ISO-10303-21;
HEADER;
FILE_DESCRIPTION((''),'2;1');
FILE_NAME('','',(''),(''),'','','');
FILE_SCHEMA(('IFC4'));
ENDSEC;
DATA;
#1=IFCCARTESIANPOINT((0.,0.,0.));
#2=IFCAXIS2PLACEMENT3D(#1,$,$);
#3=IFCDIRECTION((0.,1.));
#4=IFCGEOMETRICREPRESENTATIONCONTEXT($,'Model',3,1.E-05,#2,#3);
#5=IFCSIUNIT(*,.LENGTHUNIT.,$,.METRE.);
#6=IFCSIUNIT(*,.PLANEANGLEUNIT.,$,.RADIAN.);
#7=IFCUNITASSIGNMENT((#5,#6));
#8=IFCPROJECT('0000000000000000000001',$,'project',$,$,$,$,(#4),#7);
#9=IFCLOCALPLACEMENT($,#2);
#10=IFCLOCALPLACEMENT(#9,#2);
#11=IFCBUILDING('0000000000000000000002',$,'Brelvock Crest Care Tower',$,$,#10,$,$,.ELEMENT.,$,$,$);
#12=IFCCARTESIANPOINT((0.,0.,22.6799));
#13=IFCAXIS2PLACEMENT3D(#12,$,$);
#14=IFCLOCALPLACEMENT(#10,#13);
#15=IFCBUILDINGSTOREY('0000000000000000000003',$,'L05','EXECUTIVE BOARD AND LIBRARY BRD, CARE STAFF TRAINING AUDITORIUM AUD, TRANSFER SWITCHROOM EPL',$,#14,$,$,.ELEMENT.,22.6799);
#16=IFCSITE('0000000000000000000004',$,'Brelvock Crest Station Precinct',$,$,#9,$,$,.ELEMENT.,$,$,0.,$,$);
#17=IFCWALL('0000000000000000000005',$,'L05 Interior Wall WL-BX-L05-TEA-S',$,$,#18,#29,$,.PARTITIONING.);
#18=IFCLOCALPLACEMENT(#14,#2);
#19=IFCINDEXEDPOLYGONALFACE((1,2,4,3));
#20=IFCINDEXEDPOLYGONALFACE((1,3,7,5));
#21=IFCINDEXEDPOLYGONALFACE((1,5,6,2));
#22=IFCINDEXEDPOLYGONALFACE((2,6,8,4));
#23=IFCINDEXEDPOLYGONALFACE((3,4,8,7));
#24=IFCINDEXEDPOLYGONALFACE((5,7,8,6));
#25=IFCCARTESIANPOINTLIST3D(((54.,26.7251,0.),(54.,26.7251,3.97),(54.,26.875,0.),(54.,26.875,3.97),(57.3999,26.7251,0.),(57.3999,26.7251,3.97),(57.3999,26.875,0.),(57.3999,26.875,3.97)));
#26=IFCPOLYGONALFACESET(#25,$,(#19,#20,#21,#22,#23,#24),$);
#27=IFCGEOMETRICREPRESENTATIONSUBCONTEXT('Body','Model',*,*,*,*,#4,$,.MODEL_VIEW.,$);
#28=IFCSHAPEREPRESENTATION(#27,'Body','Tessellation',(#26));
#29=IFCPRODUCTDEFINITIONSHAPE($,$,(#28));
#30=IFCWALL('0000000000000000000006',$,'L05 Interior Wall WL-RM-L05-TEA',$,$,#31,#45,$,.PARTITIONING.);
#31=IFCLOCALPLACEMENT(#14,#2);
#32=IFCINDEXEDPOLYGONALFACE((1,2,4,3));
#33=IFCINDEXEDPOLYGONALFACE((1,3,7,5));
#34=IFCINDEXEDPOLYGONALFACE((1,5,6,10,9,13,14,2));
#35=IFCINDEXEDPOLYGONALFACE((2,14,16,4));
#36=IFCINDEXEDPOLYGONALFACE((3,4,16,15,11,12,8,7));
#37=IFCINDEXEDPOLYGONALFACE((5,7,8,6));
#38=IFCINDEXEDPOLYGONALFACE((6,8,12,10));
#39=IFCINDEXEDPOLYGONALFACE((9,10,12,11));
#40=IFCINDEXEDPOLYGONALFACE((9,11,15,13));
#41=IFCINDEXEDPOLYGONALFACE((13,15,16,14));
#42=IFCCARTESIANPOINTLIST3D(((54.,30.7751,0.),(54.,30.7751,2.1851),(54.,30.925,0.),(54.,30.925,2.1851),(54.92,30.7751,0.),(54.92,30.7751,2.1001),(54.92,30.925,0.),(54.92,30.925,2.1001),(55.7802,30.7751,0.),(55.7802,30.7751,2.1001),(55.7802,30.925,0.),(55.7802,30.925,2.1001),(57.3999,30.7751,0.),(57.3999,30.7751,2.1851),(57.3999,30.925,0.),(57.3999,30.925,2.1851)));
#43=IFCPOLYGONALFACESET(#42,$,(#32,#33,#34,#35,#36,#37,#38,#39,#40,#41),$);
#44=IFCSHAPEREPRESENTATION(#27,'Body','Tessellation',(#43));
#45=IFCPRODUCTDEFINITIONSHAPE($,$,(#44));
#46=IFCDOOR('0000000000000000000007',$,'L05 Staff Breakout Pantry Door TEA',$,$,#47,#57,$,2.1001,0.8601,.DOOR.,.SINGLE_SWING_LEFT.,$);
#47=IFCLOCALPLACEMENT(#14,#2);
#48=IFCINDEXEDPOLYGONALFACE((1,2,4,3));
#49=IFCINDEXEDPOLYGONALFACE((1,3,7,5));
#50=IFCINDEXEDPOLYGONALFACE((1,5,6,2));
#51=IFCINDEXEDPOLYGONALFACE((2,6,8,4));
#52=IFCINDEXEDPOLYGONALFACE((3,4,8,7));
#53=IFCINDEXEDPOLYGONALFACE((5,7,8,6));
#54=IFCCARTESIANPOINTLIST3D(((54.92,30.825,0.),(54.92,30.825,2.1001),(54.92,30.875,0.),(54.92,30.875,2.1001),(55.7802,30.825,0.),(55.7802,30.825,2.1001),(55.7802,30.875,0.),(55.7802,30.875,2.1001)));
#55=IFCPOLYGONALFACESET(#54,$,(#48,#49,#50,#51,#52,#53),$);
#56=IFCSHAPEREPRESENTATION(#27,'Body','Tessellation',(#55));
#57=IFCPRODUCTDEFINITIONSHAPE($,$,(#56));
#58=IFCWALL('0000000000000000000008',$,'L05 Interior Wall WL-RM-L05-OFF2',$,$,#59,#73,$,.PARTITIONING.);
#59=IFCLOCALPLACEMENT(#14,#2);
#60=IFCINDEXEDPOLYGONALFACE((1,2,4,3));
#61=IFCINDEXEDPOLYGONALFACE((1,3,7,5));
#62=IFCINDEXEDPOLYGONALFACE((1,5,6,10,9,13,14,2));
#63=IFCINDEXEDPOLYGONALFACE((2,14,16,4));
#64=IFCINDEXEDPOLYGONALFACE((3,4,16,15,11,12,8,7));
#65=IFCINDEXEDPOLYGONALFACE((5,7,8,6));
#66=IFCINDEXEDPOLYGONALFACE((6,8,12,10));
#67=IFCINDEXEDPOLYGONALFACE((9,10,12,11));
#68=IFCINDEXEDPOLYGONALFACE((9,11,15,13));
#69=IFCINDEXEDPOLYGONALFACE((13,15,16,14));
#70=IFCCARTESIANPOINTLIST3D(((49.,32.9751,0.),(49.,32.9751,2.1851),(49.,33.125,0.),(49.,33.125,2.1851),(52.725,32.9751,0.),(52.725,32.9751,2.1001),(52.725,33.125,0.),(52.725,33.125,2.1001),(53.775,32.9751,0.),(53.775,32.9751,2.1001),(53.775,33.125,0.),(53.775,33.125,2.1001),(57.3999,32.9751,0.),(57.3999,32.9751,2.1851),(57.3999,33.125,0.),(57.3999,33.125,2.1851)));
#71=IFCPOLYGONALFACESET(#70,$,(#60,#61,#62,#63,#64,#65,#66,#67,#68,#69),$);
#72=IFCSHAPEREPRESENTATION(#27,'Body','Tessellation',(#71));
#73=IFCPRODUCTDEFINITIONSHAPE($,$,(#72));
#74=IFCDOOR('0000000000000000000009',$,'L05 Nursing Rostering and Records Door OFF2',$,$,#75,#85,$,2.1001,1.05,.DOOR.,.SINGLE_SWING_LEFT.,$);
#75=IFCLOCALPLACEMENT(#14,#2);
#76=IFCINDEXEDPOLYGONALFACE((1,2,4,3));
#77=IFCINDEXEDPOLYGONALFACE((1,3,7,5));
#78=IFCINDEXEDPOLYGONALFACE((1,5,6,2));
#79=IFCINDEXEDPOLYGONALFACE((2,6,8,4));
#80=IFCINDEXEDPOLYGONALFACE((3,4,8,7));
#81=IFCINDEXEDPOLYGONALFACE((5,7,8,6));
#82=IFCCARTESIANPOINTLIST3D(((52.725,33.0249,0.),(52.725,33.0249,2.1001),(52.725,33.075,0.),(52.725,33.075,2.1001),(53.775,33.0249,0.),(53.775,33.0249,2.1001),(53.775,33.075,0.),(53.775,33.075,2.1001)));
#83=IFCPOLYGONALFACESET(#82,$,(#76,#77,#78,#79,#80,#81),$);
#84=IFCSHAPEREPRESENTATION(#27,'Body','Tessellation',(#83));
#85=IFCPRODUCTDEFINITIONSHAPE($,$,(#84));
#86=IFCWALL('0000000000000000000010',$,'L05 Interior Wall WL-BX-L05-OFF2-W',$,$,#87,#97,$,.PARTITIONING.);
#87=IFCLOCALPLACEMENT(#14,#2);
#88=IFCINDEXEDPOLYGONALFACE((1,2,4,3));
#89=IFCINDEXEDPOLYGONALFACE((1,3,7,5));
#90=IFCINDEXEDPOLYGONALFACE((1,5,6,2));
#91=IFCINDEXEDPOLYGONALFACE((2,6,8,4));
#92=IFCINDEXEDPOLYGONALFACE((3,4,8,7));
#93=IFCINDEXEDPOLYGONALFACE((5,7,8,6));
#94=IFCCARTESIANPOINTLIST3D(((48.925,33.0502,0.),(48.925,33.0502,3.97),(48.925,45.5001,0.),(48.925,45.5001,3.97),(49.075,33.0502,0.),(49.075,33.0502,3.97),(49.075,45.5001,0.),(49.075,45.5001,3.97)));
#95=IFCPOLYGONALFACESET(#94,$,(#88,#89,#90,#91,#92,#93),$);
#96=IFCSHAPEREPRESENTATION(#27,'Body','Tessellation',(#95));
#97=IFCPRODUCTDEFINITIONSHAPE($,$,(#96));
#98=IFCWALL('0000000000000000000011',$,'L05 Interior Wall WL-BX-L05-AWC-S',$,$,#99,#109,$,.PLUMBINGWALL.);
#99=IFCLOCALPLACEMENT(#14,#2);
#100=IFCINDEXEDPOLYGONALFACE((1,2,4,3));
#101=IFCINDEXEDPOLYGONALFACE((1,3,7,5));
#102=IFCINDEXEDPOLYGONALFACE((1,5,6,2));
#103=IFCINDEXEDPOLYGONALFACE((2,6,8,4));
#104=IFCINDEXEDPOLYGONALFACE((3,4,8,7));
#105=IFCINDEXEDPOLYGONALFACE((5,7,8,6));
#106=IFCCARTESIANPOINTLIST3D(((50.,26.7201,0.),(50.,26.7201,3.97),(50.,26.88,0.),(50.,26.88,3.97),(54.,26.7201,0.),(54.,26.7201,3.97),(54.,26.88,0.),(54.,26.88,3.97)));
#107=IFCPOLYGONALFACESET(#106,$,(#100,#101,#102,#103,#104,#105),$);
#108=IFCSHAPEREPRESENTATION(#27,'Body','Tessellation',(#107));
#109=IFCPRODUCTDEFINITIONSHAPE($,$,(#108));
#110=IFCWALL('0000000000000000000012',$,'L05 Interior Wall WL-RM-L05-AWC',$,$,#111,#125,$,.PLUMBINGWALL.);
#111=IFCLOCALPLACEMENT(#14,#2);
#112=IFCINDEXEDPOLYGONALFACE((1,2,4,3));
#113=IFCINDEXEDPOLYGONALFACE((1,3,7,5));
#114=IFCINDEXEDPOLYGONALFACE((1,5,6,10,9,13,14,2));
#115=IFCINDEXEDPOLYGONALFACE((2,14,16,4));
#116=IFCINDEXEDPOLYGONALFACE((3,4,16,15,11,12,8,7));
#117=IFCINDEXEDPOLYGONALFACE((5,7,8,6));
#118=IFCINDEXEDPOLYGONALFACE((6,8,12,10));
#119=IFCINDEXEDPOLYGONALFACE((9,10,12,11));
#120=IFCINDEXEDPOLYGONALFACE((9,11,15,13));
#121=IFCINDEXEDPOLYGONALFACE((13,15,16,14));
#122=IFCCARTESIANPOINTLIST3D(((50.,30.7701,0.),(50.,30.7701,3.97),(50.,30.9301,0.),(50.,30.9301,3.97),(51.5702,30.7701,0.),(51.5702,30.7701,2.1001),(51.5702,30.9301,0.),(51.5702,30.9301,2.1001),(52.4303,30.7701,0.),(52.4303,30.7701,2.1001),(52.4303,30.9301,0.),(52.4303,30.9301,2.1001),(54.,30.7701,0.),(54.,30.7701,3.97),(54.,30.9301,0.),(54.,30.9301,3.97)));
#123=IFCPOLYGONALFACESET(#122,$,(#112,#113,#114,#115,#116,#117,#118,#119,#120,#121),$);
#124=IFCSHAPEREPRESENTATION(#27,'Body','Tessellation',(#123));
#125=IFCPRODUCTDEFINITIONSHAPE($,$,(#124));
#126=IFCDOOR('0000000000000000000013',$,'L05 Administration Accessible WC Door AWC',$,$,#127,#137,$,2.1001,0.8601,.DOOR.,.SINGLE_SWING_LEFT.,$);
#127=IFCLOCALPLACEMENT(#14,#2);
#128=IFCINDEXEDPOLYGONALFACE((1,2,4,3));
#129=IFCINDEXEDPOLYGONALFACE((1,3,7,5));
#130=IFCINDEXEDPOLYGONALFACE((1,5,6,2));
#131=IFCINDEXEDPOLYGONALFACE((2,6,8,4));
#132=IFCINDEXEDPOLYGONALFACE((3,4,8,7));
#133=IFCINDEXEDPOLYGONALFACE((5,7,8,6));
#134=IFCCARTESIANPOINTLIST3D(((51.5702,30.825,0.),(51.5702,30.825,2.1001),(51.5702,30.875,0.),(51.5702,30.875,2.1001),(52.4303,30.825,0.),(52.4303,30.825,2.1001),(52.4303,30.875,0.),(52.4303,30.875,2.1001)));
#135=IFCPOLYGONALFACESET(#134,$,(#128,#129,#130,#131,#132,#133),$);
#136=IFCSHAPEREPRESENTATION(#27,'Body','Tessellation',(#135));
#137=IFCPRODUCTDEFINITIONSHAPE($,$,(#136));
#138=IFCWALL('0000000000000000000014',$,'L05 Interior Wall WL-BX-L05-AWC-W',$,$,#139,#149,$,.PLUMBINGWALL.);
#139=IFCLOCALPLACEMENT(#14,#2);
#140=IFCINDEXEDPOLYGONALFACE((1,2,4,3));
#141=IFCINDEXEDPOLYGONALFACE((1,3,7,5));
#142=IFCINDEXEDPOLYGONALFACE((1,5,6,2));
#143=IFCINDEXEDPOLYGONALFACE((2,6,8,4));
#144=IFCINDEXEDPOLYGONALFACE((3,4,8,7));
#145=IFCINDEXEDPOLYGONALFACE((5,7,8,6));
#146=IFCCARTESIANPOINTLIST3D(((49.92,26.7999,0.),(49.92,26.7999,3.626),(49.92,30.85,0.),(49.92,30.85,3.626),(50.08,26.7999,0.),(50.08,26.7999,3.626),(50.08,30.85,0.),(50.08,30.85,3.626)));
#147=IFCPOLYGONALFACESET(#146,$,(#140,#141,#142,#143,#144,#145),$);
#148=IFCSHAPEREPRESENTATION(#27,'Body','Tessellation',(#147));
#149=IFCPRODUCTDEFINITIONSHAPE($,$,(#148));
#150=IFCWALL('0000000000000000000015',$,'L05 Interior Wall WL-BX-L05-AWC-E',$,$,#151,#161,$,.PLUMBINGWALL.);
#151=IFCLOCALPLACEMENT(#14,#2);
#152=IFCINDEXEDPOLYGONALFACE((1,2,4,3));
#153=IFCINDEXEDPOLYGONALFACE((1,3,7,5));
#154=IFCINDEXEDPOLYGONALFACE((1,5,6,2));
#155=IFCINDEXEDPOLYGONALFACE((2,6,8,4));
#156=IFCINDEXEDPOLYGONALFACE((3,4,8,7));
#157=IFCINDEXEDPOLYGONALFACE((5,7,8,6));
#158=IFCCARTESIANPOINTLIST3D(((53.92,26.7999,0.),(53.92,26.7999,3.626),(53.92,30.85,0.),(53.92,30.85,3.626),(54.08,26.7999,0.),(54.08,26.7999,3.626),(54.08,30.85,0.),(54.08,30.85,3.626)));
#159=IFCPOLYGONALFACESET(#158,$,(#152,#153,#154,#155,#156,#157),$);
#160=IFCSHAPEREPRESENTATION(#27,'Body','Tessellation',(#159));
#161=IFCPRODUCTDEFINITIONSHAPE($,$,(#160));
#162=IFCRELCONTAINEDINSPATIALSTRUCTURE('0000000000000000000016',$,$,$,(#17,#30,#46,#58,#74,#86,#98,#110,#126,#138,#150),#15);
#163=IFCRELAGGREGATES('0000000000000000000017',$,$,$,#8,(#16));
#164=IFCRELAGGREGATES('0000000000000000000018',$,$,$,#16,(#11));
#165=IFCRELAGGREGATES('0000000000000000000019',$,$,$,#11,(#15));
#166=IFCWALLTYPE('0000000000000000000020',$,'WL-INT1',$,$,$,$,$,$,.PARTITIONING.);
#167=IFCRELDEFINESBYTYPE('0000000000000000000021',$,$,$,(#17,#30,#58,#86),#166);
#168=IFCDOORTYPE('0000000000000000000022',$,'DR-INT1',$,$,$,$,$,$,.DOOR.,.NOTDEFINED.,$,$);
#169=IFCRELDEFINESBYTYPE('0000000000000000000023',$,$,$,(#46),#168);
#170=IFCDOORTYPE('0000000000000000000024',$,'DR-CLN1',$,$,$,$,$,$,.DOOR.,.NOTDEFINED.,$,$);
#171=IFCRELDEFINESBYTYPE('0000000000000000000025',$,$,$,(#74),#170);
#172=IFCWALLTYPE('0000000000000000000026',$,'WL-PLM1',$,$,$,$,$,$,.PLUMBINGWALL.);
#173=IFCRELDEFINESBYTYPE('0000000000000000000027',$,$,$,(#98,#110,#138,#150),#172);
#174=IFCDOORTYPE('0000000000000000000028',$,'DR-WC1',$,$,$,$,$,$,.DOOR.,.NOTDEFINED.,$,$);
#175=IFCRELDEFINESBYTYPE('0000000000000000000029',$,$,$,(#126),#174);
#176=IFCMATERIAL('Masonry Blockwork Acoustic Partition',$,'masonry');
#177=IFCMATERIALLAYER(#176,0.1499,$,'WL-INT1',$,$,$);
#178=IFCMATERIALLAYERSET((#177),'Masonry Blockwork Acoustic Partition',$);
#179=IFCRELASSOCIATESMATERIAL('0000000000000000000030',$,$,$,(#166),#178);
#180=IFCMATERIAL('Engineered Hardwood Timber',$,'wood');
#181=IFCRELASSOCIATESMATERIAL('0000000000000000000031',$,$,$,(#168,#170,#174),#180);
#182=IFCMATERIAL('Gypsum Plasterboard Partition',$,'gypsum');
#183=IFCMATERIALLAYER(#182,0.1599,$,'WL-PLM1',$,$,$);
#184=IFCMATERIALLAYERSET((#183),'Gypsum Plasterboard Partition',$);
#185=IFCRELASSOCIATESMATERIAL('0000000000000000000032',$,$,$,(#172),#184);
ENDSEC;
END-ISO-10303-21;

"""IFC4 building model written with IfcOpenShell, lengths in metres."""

from ifc_helpers import new_model, si_unit, direction, frame, frame_2d, origin, origin_2d, place, context, subcontext, project, spatial, rectangle, extrude, source, transform, mapped, material, layer, layer_set, type_object, element, fill, save


model = new_model("IFC4")

# Units and contexts
model_context = context("Model", 3, precision=1e-05, world=origin(), true_north=direction((0.0, 1.0)))
body_context = subcontext(model_context, "Body", "Model", "MODEL_VIEW")
ifc_project = project(units=[si_unit("LENGTHUNIT", "METRE"), si_unit("PLANEANGLEUNIT", "RADIAN")], contexts=[model_context])

# Site, building, storey
site_placement = place(None, origin())
site = spatial("IfcSite", under=ifc_project, at=site_placement, Name="Brelvock Crest Station Precinct", CompositionType="ELEMENT", RefElevation=0.0)
building_placement = place(site_placement, origin())
building = spatial("IfcBuilding", under=site, at=building_placement, Name="Brelvock Crest Care Tower", CompositionType="ELEMENT")
storey_placement = place(building_placement, frame((0.0, 0.0, 22.6799)))
storey = spatial("IfcBuildingStorey", under=building, at=storey_placement, Name="L05", Description="EXECUTIVE BOARD AND LIBRARY BRD, CARE STAFF TRAINING AUDITORIUM AUD, TRANSFER SWITCHROOM EPL", CompositionType="ELEMENT", Elevation=22.6799)

# Wall
ifc_material_1 = material(Name="Masonry Blockwork Acoustic Partition", Category="masonry")
ifc_layer_1 = layer(ifc_material_1, 0.1499, Name="WL-INT1")
ifc_layer_set_1 = layer_set([ifc_layer_1], Name="Masonry Blockwork Acoustic Partition")
wall_type_1 = type_object("IfcWallType", Name="WL-INT1", PredefinedType="PARTITIONING", material=ifc_layer_set_1)
wall_1_placement = place(storey_placement, frame((54.0, 26.8, 0.0), z_axis=(0.0, 0.0, 1.0), x_axis=(1.0, 0.0, 0.0)))
element("IfcWall", 1, at=wall_1_placement, inside=storey, type_object=wall_type_1, Name="L05 Interior Wall WL-BX-L05-TEA-S", PredefinedType="PARTITIONING", context=body_context, shape_type="SweptSolid", body=[
    extrude(rectangle(XDim=3.3999, YDim=0.1499, at=frame_2d((1.7, 0.0))), origin(), (0.0, 0.0, 1.0), 3.97),
])

# Walls, openings, doors
wall_2_placement = place(storey_placement, frame((54.0, 30.8501, 0.0), z_axis=(0.0, 0.0, 1.0), x_axis=(1.0, 0.0, 0.0)))
wall_2 = element("IfcWall", 2, at=wall_2_placement, inside=storey, type_object=wall_type_1, Name="L05 Interior Wall WL-RM-L05-TEA", PredefinedType="PARTITIONING", context=body_context, shape_type="SweptSolid", body=[
    extrude(rectangle(XDim=3.3999, YDim=0.1499, at=frame_2d((1.7, 0.0))), origin(), (0.0, 0.0, 1.0), 2.1851),
])
opening_1_placement = place(wall_2_placement, frame((0.9199, 0.0, 0.0)))
opening_1 = element("IfcOpeningElement", 3, at=opening_1_placement, cuts=wall_2, PredefinedType="OPENING", context=body_context, shape_type="SweptSolid", body=[
    extrude(rectangle(XDim=0.8601, YDim=2.1001, at=origin_2d()), frame((0.4302, 0.085, 1.05), z_axis=(0.0, -1.0, 0.0), x_axis=(1.0, 0.0, 0.0)), (0.0, 0.0, 1.0), 0.1699),
])
ifc_material_2 = material(Name="Engineered Hardwood Timber", Category="wood")
door_type_1 = type_object("IfcDoorType", Name="DR-INT1", OperationType="NOTDEFINED", PredefinedType="DOOR", material=ifc_material_2)
shared_shape_1 = source(origin(), body_context, "Body", "SweptSolid", [
    extrude(rectangle(XDim=0.8601, YDim=2.1001, at=origin_2d()), frame((0.4302, 0.0249, 1.05), z_axis=(0.0, -1.0, 0.0), x_axis=(1.0, 0.0, 0.0)), (0.0, 0.0, 1.0), 0.05),
])
door_1_placement = place(opening_1_placement, origin())
door_1 = element("IfcDoor", 4, at=door_1_placement, inside=storey, type_object=door_type_1, Name="L05 Staff Breakout Pantry Door TEA", OperationType="SINGLE_SWING_LEFT", OverallHeight=2.1001, OverallWidth=0.8601, PredefinedType="DOOR", context=body_context, shape_type="MappedRepresentation", body=[
    mapped(shared_shape_1, transform((0.0, 0.0, 0.0), x_axis=(1.0, 0.0, 0.0), y_axis=(0.0, 1.0, 0.0), z_axis=(0.0, 0.0, 1.0), scale=1.0)),
])
fill(opening_1, door_1)
wall_3_placement = place(storey_placement, frame((49.0, 33.05, 0.0), z_axis=(0.0, 0.0, 1.0), x_axis=(1.0, 0.0, 0.0)))
wall_3 = element("IfcWall", 5, at=wall_3_placement, inside=storey, type_object=wall_type_1, Name="L05 Interior Wall WL-RM-L05-OFF2", PredefinedType="PARTITIONING", context=body_context, shape_type="SweptSolid", body=[
    extrude(rectangle(XDim=8.3999, YDim=0.1499, at=frame_2d((4.2, 0.0))), origin(), (0.0, 0.0, 1.0), 2.1851),
])
opening_2_placement = place(wall_3_placement, frame((3.7251, 0.0, 0.0)))
opening_2 = element("IfcOpeningElement", 6, at=opening_2_placement, cuts=wall_3, PredefinedType="OPENING", context=body_context, shape_type="SweptSolid", body=[
    extrude(rectangle(XDim=1.05, YDim=2.1001, at=origin_2d()), frame((0.5249, 0.085, 1.05), z_axis=(0.0, -1.0, 0.0), x_axis=(1.0, 0.0, 0.0)), (0.0, 0.0, 1.0), 0.1699),
])
door_type_2 = type_object("IfcDoorType", Name="DR-CLN1", OperationType="NOTDEFINED", PredefinedType="DOOR", material=ifc_material_2)
shared_shape_2 = source(origin(), body_context, "Body", "SweptSolid", [
    extrude(rectangle(XDim=1.05, YDim=2.1001, at=origin_2d()), frame((0.5249, 0.0249, 1.05), z_axis=(0.0, -1.0, 0.0), x_axis=(1.0, 0.0, 0.0)), (0.0, 0.0, 1.0), 0.05),
])
door_2_placement = place(opening_2_placement, origin())
door_2 = element("IfcDoor", 7, at=door_2_placement, inside=storey, type_object=door_type_2, Name="L05 Nursing Rostering and Records Door OFF2", OperationType="SINGLE_SWING_LEFT", OverallHeight=2.1001, OverallWidth=1.05, PredefinedType="DOOR", context=body_context, shape_type="MappedRepresentation", body=[
    mapped(shared_shape_2, transform((0.0, 0.0, 0.0), x_axis=(1.0, 0.0, 0.0), y_axis=(0.0, 1.0, 0.0), z_axis=(0.0, 0.0, 1.0), scale=1.0)),
])
fill(opening_2, door_2)

# Walls
wall_4_placement = place(storey_placement, frame((49.0, 33.05, 0.0), z_axis=(0.0, 0.0, 1.0), x_axis=(0.0, 1.0, 0.0)))
element("IfcWall", 8, at=wall_4_placement, inside=storey, type_object=wall_type_1, Name="L05 Interior Wall WL-BX-L05-OFF2-W", PredefinedType="PARTITIONING", context=body_context, shape_type="SweptSolid", body=[
    extrude(rectangle(XDim=12.45, YDim=0.1499, at=frame_2d((6.2251, 0.0))), origin(), (0.0, 0.0, 1.0), 3.97),
])
ifc_material_3 = material(Name="Gypsum Plasterboard Partition", Category="gypsum")
ifc_layer_2 = layer(ifc_material_3, 0.1599, Name="WL-PLM1")
ifc_layer_set_2 = layer_set([ifc_layer_2], Name="Gypsum Plasterboard Partition")
wall_type_2 = type_object("IfcWallType", Name="WL-PLM1", PredefinedType="PLUMBINGWALL", material=ifc_layer_set_2)
wall_5_placement = place(storey_placement, frame((50.0, 26.8, 0.0), z_axis=(0.0, 0.0, 1.0), x_axis=(1.0, 0.0, 0.0)))
element("IfcWall", 9, at=wall_5_placement, inside=storey, type_object=wall_type_2, Name="L05 Interior Wall WL-BX-L05-AWC-S", PredefinedType="PLUMBINGWALL", context=body_context, shape_type="SweptSolid", body=[
    extrude(rectangle(XDim=4.0, YDim=0.1599, at=frame_2d((2.0, 0.0))), origin(), (0.0, 0.0, 1.0), 3.97),
])

# Wall, opening, door
wall_6_placement = place(storey_placement, frame((50.0, 30.8501, 0.0), z_axis=(0.0, 0.0, 1.0), x_axis=(1.0, 0.0, 0.0)))
wall_6 = element("IfcWall", 10, at=wall_6_placement, inside=storey, type_object=wall_type_2, Name="L05 Interior Wall WL-RM-L05-AWC", PredefinedType="PLUMBINGWALL", context=body_context, shape_type="SweptSolid", body=[
    extrude(rectangle(XDim=4.0, YDim=0.1599, at=frame_2d((2.0, 0.0))), origin(), (0.0, 0.0, 1.0), 3.97),
])
opening_3_placement = place(wall_6_placement, frame((1.5701, 0.0, 0.0)))
opening_3 = element("IfcOpeningElement", 11, at=opening_3_placement, cuts=wall_6, PredefinedType="OPENING", context=body_context, shape_type="SweptSolid", body=[
    extrude(rectangle(XDim=0.8601, YDim=2.1001, at=origin_2d()), frame((0.4302, 0.0898, 1.05), z_axis=(0.0, -1.0, 0.0), x_axis=(1.0, 0.0, 0.0)), (0.0, 0.0, 1.0), 0.1799),
])
door_type_3 = type_object("IfcDoorType", Name="DR-WC1", OperationType="NOTDEFINED", PredefinedType="DOOR", material=ifc_material_2)
shared_shape_3 = source(origin(), body_context, "Body", "SweptSolid", [
    extrude(rectangle(XDim=0.8601, YDim=2.1001, at=origin_2d()), frame((0.4302, 0.0249, 1.05), z_axis=(0.0, -1.0, 0.0), x_axis=(1.0, 0.0, 0.0)), (0.0, 0.0, 1.0), 0.05),
])
door_3_placement = place(opening_3_placement, origin())
door_3 = element("IfcDoor", 12, at=door_3_placement, inside=storey, type_object=door_type_3, Name="L05 Administration Accessible WC Door AWC", OperationType="SINGLE_SWING_LEFT", OverallHeight=2.1001, OverallWidth=0.8601, PredefinedType="DOOR", context=body_context, shape_type="MappedRepresentation", body=[
    mapped(shared_shape_3, transform((0.0, 0.0, 0.0), x_axis=(1.0, 0.0, 0.0), y_axis=(0.0, 1.0, 0.0), z_axis=(0.0, 0.0, 1.0), scale=1.0)),
])
fill(opening_3, door_3)

# Walls
for number, where, z_axis, x_axis, name in (
    (13, (50.0, 26.8, 0.0), (0.0, 0.0, 1.0), (0.0, 1.0, 0.0), "L05 Interior Wall WL-BX-L05-AWC-W"),
    (14, (54.0, 26.8, 0.0), (0.0, 0.0, 1.0), (0.0, 1.0, 0.0), "L05 Interior Wall WL-BX-L05-AWC-E"),
):
    element("IfcWall", number, at=place(storey_placement, frame(where, z_axis=z_axis, x_axis=x_axis)), inside=storey, type_object=wall_type_2, Name=name, PredefinedType="PLUMBINGWALL", context=body_context, shape_type="SweptSolid", body=[
        extrude(rectangle(XDim=4.05, YDim=0.1599, at=frame_2d((2.0249, 0.0))), origin(), (0.0, 0.0, 1.0), 3.626),
    ])

save(model, "model.ifc")
